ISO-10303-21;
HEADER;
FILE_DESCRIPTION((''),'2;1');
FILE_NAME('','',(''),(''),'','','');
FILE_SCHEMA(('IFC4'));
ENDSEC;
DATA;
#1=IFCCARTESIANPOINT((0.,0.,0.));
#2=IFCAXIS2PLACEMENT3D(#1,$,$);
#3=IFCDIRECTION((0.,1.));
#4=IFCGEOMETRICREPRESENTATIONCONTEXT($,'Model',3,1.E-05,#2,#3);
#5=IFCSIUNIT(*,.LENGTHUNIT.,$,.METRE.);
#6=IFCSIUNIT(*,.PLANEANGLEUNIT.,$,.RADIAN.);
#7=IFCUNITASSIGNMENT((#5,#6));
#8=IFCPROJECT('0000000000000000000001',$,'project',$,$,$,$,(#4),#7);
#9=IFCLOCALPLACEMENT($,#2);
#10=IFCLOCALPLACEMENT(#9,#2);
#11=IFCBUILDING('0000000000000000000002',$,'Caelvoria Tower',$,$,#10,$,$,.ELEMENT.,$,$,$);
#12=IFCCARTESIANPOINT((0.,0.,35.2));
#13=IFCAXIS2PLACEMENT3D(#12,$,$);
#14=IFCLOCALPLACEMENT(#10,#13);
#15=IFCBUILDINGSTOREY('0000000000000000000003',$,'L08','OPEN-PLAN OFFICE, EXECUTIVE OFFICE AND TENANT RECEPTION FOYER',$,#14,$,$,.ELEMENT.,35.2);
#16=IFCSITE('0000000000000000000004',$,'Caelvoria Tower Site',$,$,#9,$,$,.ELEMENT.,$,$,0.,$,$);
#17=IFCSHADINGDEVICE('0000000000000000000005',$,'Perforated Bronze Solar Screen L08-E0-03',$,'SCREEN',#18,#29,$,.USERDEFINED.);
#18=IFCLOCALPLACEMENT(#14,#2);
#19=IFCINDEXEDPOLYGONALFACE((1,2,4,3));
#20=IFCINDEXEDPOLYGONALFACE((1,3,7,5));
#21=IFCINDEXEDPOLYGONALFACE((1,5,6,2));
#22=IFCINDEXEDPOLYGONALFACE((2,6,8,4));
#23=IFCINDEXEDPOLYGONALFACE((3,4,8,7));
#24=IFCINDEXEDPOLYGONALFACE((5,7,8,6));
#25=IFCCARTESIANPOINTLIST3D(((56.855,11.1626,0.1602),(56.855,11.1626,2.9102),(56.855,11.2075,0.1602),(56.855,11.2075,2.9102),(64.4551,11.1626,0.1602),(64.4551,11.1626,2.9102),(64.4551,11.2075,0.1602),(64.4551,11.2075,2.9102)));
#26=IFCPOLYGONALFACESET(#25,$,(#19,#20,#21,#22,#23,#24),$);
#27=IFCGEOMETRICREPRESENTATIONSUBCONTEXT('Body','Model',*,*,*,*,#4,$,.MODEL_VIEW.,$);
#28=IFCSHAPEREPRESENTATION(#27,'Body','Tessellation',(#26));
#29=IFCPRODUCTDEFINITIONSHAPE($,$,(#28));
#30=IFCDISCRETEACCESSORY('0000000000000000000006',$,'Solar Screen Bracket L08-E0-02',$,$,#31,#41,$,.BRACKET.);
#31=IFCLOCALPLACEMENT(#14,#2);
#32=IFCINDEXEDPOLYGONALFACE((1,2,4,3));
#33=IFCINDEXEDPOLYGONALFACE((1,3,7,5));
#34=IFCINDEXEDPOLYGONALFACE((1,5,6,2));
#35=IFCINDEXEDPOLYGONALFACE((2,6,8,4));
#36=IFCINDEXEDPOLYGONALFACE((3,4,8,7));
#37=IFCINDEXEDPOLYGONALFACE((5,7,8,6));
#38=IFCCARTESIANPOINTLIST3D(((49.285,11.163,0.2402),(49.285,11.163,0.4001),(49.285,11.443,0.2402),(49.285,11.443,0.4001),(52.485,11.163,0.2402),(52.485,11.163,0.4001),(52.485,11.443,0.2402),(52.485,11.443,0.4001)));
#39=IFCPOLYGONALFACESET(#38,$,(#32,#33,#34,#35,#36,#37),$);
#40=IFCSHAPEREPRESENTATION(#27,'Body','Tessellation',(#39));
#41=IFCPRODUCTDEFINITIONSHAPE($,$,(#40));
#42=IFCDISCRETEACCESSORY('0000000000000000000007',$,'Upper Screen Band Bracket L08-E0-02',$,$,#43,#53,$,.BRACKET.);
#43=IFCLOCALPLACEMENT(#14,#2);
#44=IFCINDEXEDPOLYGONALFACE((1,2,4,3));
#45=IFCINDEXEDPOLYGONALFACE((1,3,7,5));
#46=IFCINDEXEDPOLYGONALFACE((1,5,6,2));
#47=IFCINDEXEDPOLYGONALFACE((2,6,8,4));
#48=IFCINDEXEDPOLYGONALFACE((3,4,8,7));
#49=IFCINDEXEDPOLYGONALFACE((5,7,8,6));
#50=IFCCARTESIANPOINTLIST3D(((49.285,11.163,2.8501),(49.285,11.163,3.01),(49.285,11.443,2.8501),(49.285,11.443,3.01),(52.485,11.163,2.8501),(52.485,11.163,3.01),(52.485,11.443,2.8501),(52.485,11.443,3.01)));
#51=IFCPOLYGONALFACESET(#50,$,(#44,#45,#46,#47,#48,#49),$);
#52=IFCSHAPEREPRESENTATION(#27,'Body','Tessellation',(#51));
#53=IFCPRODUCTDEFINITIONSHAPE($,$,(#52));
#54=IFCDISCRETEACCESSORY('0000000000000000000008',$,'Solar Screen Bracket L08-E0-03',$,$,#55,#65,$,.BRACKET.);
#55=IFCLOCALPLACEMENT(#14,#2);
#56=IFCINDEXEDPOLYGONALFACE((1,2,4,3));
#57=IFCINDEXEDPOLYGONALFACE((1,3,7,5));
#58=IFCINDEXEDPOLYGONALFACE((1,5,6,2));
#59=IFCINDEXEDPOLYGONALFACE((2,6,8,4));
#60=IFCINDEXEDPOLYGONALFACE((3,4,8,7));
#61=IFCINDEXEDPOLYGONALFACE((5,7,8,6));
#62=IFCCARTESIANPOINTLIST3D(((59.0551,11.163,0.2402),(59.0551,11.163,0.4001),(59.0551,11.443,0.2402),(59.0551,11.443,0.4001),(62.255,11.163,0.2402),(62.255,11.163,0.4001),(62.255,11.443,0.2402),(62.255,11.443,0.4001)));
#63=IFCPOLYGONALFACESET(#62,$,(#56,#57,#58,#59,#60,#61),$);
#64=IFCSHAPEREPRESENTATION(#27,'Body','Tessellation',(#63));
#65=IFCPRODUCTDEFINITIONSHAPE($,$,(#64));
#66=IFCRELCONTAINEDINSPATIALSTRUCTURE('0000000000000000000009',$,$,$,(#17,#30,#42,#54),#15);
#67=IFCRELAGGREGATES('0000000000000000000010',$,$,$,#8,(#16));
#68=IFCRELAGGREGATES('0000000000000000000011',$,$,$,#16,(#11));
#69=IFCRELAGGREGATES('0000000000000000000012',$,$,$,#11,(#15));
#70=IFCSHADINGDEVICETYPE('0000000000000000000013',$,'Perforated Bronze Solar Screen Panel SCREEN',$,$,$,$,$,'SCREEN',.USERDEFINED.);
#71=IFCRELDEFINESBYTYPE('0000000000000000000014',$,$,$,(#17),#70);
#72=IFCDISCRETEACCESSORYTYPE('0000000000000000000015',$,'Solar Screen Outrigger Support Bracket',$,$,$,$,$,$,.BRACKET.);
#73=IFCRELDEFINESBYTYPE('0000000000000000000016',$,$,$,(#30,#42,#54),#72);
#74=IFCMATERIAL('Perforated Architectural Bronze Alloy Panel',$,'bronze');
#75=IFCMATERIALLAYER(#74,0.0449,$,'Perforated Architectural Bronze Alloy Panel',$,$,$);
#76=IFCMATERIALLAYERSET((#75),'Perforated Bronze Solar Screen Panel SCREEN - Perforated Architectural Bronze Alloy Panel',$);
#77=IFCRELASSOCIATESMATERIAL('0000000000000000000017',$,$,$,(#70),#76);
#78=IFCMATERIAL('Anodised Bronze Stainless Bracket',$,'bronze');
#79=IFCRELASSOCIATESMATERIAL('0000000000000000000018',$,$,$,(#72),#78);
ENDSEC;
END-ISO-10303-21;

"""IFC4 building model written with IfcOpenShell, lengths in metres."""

from ifc_helpers import new_model, si_unit, direction, frame, origin, origin_2d, place, context, subcontext, project, spatial, rectangle, extrude, material, layer, layer_set, type_object, element, save


model = new_model("IFC4")

# Units and contexts
model_context = context("Model", 3, precision=1e-05, world=origin(), true_north=direction((0.0, 1.0)))
body_context = subcontext(model_context, "Body", "Model", "MODEL_VIEW")
ifc_project = project(units=[si_unit("LENGTHUNIT", "METRE"), si_unit("PLANEANGLEUNIT", "RADIAN")], contexts=[model_context])

# Site, building, storey
site_placement = place(None, origin())
site = spatial("IfcSite", under=ifc_project, at=site_placement, Name="Caelvoria Tower Site", CompositionType="ELEMENT", RefElevation=0.0)
building_placement = place(site_placement, origin())
building = spatial("IfcBuilding", under=site, at=building_placement, Name="Caelvoria Tower", CompositionType="ELEMENT")
storey_placement = place(building_placement, frame((0.0, 0.0, 35.2)))
storey = spatial("IfcBuildingStorey", under=building, at=storey_placement, Name="L08", Description="OPEN-PLAN OFFICE, EXECUTIVE OFFICE AND TENANT RECEPTION FOYER", CompositionType="ELEMENT", Elevation=35.2)

# Shading device
ifc_material_1 = material(Name="Perforated Architectural Bronze Alloy Panel", Category="bronze")
ifc_layer_1 = layer(ifc_material_1, 0.0449, Name="Perforated Architectural Bronze Alloy Panel")
ifc_layer_set_1 = layer_set([ifc_layer_1], Name="Perforated Bronze Solar Screen Panel SCREEN - Perforated Architectural Bronze Alloy Panel")
shading_device_type = type_object("IfcShadingDeviceType", Name="Perforated Bronze Solar Screen Panel SCREEN", ElementType="SCREEN", PredefinedType="USERDEFINED", material=ifc_layer_set_1)
for number, where, z_axis, x_axis, name in (
    (1, (60.655, 11.1851, 0.1602), (0.0, 0.0, 1.0), (1.0, 0.0, 0.0), "Perforated Bronze Solar Screen L08-E0-03"),
):
    element("IfcShadingDevice", number, at=place(storey_placement, frame(where, z_axis=z_axis, x_axis=x_axis)), inside=storey, type_object=shading_device_type, Name=name, ObjectType="SCREEN", PredefinedType="USERDEFINED", context=body_context, shape_type="SweptSolid", body=[
        extrude(rectangle(XDim=7.6001, YDim=0.0449, at=origin_2d()), origin(), (0.0, 0.0, 1.0), 2.75),
    ])

# Discrete accessories
ifc_material_2 = material(Name="Anodised Bronze Stainless Bracket", Category="bronze")
discrete_accessory_type = type_object("IfcDiscreteAccessoryType", Name="Solar Screen Outrigger Support Bracket", PredefinedType="BRACKET", material=ifc_material_2)
for number, where, z_axis, x_axis, name in (
    (2, (50.885, 11.303, 0.2402), (0.0, 0.0, 1.0), (1.0, 0.0, 0.0), "Solar Screen Bracket L08-E0-02"),
    (3, (50.885, 11.303, 2.8501), (0.0, 0.0, 1.0), (1.0, 0.0, 0.0), "Upper Screen Band Bracket L08-E0-02"),
    (4, (60.655, 11.303, 0.2402), (0.0, 0.0, 1.0), (1.0, 0.0, 0.0), "Solar Screen Bracket L08-E0-03"),
):
    element("IfcDiscreteAccessory", number, at=place(storey_placement, frame(where, z_axis=z_axis, x_axis=x_axis)), inside=storey, type_object=discrete_accessory_type, Name=name, PredefinedType="BRACKET", context=body_context, shape_type="SweptSolid", body=[
        extrude(rectangle(XDim=3.2, YDim=0.28, at=origin_2d()), origin(), (0.0, 0.0, 1.0), 0.1599),
    ])

save(model, "model.ifc")
